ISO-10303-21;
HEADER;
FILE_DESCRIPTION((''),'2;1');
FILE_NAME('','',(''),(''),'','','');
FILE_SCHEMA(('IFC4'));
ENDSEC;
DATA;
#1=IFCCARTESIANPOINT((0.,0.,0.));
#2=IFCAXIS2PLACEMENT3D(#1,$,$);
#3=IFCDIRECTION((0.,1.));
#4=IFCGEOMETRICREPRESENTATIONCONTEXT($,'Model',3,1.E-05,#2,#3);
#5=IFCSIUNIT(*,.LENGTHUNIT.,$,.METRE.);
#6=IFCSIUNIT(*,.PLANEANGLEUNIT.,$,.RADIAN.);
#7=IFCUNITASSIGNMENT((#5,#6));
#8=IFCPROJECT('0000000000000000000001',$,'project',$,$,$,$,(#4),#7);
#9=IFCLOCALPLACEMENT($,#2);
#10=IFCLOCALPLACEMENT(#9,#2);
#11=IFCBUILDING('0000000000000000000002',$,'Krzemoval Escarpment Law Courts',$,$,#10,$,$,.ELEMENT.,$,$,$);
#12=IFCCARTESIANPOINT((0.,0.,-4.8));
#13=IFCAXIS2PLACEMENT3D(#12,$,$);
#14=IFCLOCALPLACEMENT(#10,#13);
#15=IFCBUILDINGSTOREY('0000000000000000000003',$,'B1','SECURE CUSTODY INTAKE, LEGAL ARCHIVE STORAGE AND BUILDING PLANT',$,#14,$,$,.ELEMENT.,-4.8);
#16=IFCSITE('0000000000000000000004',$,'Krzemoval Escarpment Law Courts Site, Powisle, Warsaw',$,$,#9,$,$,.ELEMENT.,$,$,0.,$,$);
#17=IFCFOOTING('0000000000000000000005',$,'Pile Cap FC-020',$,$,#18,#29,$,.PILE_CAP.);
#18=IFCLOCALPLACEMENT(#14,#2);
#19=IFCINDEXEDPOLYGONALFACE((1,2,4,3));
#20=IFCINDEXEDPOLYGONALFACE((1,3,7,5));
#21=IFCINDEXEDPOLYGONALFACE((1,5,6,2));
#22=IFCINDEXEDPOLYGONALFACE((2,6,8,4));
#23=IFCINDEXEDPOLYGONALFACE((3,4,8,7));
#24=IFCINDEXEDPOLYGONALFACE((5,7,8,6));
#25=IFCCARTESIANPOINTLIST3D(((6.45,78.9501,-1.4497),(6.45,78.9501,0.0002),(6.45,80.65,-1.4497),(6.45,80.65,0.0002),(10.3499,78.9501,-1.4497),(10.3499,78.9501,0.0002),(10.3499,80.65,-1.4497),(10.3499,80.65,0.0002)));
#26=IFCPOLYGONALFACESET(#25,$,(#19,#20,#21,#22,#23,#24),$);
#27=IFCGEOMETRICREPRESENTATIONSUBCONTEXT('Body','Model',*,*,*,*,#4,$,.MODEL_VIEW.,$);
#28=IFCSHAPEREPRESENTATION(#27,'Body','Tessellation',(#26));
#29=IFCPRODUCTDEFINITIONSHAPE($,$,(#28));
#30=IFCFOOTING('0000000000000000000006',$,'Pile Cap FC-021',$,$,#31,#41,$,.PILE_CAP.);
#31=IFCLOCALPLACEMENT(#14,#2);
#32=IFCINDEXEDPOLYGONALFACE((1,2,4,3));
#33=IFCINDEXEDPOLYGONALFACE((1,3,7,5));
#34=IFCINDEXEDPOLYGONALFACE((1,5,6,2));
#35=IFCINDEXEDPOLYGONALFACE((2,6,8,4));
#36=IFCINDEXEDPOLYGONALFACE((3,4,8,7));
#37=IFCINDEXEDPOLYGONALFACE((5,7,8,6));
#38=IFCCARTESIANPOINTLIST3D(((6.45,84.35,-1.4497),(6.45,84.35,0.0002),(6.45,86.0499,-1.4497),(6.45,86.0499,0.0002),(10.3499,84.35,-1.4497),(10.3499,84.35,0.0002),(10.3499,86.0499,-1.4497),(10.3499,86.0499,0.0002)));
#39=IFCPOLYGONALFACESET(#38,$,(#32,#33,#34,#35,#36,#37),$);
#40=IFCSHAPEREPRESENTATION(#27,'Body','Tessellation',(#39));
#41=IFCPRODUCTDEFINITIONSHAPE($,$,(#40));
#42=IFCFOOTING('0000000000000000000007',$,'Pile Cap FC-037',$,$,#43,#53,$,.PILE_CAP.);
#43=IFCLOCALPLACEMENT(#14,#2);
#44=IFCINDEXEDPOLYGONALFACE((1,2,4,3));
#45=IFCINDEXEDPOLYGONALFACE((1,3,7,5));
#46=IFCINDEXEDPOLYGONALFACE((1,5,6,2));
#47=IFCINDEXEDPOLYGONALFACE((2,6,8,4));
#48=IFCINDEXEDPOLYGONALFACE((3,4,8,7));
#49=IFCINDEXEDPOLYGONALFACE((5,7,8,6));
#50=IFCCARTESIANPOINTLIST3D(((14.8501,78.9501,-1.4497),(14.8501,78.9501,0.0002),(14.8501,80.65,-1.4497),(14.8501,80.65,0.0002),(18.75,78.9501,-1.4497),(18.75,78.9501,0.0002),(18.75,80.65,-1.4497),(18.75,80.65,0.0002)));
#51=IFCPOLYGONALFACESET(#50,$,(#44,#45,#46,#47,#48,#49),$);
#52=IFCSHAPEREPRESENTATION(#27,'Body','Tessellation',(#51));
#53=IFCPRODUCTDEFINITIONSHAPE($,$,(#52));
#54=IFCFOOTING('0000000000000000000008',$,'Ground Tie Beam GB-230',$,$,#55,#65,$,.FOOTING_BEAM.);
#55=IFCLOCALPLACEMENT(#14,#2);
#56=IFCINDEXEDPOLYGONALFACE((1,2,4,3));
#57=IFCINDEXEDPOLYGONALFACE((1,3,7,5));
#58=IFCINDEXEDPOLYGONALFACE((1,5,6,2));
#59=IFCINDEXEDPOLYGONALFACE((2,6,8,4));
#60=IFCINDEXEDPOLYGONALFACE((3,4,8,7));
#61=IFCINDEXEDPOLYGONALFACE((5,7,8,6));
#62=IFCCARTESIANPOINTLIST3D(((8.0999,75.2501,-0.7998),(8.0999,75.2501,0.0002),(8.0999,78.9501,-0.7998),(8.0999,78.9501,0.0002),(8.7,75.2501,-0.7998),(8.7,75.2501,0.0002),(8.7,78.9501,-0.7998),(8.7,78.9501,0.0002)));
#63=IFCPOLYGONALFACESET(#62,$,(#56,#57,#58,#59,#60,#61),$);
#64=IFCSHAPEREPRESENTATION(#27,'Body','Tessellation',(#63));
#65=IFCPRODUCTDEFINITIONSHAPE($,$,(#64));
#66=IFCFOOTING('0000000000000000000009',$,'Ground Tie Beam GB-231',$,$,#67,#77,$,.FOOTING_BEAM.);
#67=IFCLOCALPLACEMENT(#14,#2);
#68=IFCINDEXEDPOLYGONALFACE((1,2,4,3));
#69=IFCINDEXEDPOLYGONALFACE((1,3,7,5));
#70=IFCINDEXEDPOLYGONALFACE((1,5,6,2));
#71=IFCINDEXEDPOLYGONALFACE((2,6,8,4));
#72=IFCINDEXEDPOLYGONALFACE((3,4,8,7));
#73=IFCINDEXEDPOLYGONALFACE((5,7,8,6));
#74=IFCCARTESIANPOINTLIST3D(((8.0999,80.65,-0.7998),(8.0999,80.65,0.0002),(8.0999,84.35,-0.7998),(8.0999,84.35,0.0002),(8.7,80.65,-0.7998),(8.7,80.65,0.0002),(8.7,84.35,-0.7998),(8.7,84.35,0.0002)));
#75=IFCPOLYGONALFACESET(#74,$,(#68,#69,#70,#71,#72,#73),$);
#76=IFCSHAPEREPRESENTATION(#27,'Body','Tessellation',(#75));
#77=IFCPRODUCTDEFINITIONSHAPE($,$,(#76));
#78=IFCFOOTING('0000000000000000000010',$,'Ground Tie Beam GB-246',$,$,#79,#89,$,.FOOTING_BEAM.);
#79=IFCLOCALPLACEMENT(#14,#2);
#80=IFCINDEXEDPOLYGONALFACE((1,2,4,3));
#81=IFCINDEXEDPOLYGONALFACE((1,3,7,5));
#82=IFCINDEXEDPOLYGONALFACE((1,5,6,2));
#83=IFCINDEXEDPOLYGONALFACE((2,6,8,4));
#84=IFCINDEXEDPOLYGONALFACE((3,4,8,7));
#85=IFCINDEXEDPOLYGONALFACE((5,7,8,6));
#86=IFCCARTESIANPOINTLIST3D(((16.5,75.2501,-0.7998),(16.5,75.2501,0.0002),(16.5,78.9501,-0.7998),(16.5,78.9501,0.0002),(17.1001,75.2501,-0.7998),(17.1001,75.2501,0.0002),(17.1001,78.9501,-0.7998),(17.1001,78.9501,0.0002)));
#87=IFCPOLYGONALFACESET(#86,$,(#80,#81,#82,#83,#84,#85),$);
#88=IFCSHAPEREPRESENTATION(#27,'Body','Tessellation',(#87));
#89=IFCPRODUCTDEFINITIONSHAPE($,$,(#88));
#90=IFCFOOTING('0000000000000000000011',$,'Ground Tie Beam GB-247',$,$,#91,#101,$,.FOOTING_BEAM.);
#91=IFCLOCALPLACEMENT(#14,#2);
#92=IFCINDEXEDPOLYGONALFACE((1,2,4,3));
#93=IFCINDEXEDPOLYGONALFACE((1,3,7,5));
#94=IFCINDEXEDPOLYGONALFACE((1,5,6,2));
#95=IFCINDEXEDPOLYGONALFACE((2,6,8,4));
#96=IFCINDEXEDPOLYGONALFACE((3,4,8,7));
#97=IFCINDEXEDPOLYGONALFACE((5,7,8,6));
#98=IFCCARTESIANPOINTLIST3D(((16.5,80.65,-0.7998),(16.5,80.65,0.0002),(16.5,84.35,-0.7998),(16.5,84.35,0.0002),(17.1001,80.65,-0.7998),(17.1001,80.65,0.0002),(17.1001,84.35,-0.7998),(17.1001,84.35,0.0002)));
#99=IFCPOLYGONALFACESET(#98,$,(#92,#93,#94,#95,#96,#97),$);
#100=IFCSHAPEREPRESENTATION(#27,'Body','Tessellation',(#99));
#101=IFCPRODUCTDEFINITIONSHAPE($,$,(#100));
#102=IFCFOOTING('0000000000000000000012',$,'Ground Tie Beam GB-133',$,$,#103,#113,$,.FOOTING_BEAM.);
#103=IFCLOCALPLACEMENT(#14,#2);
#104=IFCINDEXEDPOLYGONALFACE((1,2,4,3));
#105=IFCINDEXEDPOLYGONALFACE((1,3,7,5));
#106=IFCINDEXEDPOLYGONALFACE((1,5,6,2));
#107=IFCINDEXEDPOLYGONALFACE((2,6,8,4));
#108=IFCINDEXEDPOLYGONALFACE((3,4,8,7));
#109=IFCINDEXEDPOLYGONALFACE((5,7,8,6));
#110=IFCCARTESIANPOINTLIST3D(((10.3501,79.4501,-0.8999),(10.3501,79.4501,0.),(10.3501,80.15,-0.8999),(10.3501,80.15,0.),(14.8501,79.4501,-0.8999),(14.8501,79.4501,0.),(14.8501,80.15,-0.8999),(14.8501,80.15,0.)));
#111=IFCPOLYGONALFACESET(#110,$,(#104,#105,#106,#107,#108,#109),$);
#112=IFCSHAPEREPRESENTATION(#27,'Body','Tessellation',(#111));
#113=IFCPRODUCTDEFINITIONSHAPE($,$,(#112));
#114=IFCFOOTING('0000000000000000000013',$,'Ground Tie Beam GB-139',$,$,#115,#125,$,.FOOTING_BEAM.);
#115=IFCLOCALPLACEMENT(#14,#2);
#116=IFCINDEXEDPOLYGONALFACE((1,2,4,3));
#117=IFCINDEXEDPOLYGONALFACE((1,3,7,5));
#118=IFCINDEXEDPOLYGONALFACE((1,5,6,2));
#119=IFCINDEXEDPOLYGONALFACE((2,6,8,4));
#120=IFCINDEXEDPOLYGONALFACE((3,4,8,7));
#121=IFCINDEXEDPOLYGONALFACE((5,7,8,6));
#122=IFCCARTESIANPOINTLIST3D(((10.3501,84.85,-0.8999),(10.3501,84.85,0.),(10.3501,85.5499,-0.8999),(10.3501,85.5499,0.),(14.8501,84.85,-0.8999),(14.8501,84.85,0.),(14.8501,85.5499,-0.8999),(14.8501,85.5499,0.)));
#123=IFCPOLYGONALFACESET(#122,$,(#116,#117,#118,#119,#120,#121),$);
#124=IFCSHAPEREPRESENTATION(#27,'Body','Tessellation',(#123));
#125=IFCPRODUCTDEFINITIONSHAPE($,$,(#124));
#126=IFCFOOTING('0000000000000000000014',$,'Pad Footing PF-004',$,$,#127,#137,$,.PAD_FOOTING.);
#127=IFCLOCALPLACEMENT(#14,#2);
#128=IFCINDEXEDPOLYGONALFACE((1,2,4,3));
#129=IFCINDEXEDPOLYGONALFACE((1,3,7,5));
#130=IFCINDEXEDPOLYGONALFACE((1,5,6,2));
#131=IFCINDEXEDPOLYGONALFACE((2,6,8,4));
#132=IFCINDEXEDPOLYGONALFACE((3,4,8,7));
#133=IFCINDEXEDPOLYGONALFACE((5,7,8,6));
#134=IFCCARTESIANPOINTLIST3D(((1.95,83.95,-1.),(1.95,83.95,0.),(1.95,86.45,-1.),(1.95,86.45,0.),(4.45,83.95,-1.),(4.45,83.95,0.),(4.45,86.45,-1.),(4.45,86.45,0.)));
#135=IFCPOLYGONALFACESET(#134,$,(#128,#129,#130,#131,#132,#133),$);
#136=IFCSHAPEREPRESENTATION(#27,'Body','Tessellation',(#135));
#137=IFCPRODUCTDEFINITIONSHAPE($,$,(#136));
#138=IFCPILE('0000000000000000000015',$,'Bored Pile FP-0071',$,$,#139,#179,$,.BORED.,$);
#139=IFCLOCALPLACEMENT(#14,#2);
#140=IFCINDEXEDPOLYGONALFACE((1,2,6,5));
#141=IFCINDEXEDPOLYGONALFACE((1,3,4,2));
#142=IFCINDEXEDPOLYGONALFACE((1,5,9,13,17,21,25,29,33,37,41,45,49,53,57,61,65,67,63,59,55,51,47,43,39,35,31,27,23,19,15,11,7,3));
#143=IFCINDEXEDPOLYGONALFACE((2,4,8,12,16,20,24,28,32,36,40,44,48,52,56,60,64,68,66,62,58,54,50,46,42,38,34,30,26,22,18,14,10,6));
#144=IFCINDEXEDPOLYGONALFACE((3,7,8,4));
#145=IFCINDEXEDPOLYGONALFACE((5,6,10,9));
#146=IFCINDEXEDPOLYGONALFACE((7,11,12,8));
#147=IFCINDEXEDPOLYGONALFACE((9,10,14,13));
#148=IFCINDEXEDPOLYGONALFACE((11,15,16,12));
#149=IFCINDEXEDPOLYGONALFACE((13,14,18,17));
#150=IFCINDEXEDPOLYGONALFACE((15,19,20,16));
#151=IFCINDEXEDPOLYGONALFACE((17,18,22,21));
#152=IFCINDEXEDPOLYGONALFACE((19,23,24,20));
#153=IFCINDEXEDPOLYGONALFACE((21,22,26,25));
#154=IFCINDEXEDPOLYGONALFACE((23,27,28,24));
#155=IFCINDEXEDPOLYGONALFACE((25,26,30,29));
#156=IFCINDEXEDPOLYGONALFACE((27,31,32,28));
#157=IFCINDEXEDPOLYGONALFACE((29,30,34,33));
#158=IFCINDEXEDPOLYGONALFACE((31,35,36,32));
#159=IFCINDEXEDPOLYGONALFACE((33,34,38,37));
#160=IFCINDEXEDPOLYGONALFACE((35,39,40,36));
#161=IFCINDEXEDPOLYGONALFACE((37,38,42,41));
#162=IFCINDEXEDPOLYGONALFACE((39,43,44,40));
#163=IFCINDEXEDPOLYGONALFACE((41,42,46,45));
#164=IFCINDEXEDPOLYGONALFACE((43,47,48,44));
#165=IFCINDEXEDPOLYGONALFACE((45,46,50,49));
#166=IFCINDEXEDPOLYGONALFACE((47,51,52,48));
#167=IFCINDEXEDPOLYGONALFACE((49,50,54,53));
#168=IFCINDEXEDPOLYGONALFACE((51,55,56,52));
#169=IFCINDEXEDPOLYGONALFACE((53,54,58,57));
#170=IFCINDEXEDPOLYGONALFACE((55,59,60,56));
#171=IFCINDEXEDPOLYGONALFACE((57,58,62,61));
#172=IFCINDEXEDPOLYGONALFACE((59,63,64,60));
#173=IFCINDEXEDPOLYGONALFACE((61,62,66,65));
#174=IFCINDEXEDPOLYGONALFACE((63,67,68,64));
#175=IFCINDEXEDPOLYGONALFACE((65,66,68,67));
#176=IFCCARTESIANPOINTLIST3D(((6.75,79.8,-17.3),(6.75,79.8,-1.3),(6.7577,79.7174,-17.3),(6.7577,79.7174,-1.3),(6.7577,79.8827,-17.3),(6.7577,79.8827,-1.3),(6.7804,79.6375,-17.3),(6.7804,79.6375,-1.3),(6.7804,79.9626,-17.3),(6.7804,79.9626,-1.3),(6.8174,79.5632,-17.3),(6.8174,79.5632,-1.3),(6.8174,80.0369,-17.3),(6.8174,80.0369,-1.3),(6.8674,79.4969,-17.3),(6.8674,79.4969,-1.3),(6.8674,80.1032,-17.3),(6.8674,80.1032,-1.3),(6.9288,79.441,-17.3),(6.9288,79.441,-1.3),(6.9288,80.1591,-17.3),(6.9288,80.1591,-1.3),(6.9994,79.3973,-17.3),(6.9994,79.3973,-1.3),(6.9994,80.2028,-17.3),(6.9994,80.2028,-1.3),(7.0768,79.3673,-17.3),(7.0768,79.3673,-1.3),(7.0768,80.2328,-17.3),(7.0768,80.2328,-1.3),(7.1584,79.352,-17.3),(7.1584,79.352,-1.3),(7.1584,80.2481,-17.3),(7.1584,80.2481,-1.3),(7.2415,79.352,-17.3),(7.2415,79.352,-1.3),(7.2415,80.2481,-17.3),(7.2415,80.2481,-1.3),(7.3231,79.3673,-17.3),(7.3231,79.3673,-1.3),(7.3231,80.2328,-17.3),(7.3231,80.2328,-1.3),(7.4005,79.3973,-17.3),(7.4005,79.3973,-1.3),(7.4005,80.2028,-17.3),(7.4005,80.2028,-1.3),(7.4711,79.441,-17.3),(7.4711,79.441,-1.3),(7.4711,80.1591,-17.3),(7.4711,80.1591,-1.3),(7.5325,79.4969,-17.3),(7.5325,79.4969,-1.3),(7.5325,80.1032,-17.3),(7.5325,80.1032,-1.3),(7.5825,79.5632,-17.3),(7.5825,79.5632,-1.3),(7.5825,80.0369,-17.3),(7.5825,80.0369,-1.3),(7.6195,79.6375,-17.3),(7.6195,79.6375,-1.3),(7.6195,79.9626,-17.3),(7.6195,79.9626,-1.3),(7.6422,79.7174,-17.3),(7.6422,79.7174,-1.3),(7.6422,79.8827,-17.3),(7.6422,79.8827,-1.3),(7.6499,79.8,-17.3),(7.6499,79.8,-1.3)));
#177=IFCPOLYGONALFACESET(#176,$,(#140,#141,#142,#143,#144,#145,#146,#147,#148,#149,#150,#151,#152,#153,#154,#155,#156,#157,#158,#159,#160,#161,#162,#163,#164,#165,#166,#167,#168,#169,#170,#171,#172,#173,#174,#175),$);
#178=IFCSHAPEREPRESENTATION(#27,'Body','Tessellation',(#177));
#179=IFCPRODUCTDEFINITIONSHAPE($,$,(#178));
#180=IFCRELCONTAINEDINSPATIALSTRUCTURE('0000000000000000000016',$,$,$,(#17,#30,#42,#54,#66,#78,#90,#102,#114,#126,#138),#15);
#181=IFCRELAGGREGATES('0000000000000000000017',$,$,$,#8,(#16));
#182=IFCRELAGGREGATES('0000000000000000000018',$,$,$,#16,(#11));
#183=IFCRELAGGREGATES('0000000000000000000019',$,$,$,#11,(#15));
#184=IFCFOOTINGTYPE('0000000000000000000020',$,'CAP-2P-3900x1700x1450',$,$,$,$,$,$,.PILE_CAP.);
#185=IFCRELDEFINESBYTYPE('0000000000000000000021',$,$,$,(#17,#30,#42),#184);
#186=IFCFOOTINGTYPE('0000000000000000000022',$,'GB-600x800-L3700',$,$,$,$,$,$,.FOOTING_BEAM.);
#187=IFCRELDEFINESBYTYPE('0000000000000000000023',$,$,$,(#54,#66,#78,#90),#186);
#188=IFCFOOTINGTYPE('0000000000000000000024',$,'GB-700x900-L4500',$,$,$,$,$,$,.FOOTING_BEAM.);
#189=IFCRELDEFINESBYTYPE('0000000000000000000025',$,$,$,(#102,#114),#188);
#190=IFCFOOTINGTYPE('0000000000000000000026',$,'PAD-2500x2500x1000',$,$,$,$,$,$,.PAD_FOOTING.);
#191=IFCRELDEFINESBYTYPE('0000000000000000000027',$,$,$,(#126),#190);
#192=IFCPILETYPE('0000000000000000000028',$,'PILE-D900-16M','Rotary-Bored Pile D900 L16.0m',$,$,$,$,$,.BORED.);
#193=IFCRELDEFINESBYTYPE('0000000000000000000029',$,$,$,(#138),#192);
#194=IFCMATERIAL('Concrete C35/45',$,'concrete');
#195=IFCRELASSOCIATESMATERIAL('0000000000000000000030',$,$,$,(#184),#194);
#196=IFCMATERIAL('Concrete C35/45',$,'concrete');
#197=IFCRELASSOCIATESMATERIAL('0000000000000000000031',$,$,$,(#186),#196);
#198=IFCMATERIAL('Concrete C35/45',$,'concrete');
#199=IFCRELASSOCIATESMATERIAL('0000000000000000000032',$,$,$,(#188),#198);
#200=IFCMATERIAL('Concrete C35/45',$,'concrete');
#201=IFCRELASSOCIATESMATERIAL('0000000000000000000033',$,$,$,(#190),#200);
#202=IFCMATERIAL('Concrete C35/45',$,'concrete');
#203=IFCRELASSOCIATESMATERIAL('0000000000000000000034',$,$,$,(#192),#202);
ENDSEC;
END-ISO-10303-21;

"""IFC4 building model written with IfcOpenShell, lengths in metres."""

from ifc_helpers import new_model, si_unit, direction, frame, origin, origin_2d, place, context, subcontext, project, spatial, rectangle, circle, extrude, material, material_profile, profile_set, type_object, element, save


model = new_model("IFC4")

# Units and contexts
model_context = context("Model", 3, precision=1e-05, world=origin(), true_north=direction((0.0, 1.0)))
body_context = subcontext(model_context, "Body", "Model", "MODEL_VIEW")
ifc_project = project(units=[si_unit("LENGTHUNIT", "METRE"), si_unit("PLANEANGLEUNIT", "RADIAN")], contexts=[model_context])

# Site, building, storey
site_placement = place(None, origin())
site = spatial("IfcSite", under=ifc_project, at=site_placement, Name="Krzemoval Escarpment Law Courts Site, Powisle, Warsaw", CompositionType="ELEMENT", RefElevation=0.0)
building_placement = place(site_placement, origin())
building = spatial("IfcBuilding", under=site, at=building_placement, Name="Krzemoval Escarpment Law Courts", CompositionType="ELEMENT")
storey_placement = place(building_placement, frame((0.0, 0.0, -4.8)))
storey = spatial("IfcBuildingStorey", under=building, at=storey_placement, Name="B1", Description="SECURE CUSTODY INTAKE, LEGAL ARCHIVE STORAGE AND BUILDING PLANT", CompositionType="ELEMENT", Elevation=-4.8)

# Footings
ifc_material_1 = material(Name="Concrete C35/45", Category="concrete")
footing_type_1 = type_object("IfcFootingType", Name="CAP-2P-3900x1700x1450", PredefinedType="PILE_CAP", material=ifc_material_1)
for number, where, z_axis, x_axis, name in (
    (1, (8.3999, 79.8, -1.4497), (0.0, 0.0, 1.0), (1.0, 0.0, 0.0), "Pile Cap FC-020"),
    (2, (8.3999, 85.2, -1.4497), (0.0, 0.0, 1.0), (1.0, 0.0, 0.0), "Pile Cap FC-021"),
    (3, (16.8, 79.8, -1.4497), (0.0, 0.0, 1.0), (1.0, 0.0, 0.0), "Pile Cap FC-037"),
):
    element("IfcFooting", number, at=place(storey_placement, frame(where, z_axis=z_axis, x_axis=x_axis)), inside=storey, type_object=footing_type_1, Name=name, PredefinedType="PILE_CAP", context=body_context, shape_type="SweptSolid", body=[
        extrude(rectangle(XDim=3.8999, YDim=1.7, at=origin_2d()), origin(), (0.0, 0.0, 1.0), 1.45),
    ])
ifc_material_2 = material(Name="Concrete C35/45", Category="concrete")
footing_type_2 = type_object("IfcFootingType", Name="GB-600x800-L3700", PredefinedType="FOOTING_BEAM", material=ifc_material_2)
for number, where, z_axis, x_axis, name in (
    (4, (8.3999, 77.1001, -0.7998), (0.0, 0.0, 1.0), (0.0, 1.0, 0.0), "Ground Tie Beam GB-230"),
    (5, (8.3999, 82.5, -0.7998), (0.0, 0.0, 1.0), (0.0, 1.0, 0.0), "Ground Tie Beam GB-231"),
    (6, (16.8, 77.1001, -0.7998), (0.0, 0.0, 1.0), (0.0, 1.0, 0.0), "Ground Tie Beam GB-246"),
    (7, (16.8, 82.5, -0.7998), (0.0, 0.0, 1.0), (0.0, 1.0, 0.0), "Ground Tie Beam GB-247"),
):
    element("IfcFooting", number, at=place(storey_placement, frame(where, z_axis=z_axis, x_axis=x_axis)), inside=storey, type_object=footing_type_2, Name=name, PredefinedType="FOOTING_BEAM", context=body_context, shape_type="SweptSolid", body=[
        extrude(rectangle(XDim=3.7, YDim=0.6001, at=origin_2d()), origin(), (0.0, 0.0, 1.0), 0.8),
    ])
ifc_material_3 = material(Name="Concrete C35/45", Category="concrete")
footing_type_3 = type_object("IfcFootingType", Name="GB-700x900-L4500", PredefinedType="FOOTING_BEAM", material=ifc_material_3)
for number, where, z_axis, x_axis, name in (
    (8, (12.6001, 79.8, -0.8999), (0.0, 0.0, 1.0), (1.0, 0.0, 0.0), "Ground Tie Beam GB-133"),
    (9, (12.6001, 85.2, -0.8999), (0.0, 0.0, 1.0), (1.0, 0.0, 0.0), "Ground Tie Beam GB-139"),
):
    element("IfcFooting", number, at=place(storey_placement, frame(where, z_axis=z_axis, x_axis=x_axis)), inside=storey, type_object=footing_type_3, Name=name, PredefinedType="FOOTING_BEAM", context=body_context, shape_type="SweptSolid", body=[
        extrude(rectangle(XDim=4.5, YDim=0.7, at=origin_2d()), origin(), (0.0, 0.0, 1.0), 0.8999),
    ])
ifc_material_4 = material(Name="Concrete C35/45", Category="concrete")
footing_type_4 = type_object("IfcFootingType", Name="PAD-2500x2500x1000", PredefinedType="PAD_FOOTING", material=ifc_material_4)
footing_placement = place(storey_placement, frame((3.2, 85.2, -1.0), z_axis=(0.0, 0.0, 1.0), x_axis=(1.0, 0.0, 0.0)))
element("IfcFooting", 10, at=footing_placement, inside=storey, type_object=footing_type_4, Name="Pad Footing PF-004", PredefinedType="PAD_FOOTING", context=body_context, shape_type="SweptSolid", body=[
    extrude(rectangle(XDim=2.5, YDim=2.5, at=origin_2d()), origin(), (0.0, 0.0, 1.0), 1.0),
])

# Pile
ifc_material_5 = material(Name="Concrete C35/45", Category="concrete")
ifc_material_profile_1 = material_profile(ifc_material_5, circle(Radius=0.45, at=origin_2d()), Name="PILE D900")
ifc_profile_set_1 = profile_set([ifc_material_profile_1], Name="Concrete C35/45")
pile_type = type_object("IfcPileType", Name="PILE-D900-16M", Description="Rotary-Bored Pile D900 L16.0m", PredefinedType="BORED", material=ifc_profile_set_1)
for number, where, z_axis, x_axis, name in (
    (11, (7.2, 79.8, -1.3), (0.0, 0.0, -1.0), (1.0, 0.0, 0.0), "Bored Pile FP-0071"),
):
    element("IfcPile", number, at=place(storey_placement, frame(where, z_axis=z_axis, x_axis=x_axis)), inside=storey, type_object=pile_type, Name=name, PredefinedType="BORED", context=body_context, shape_type="SweptSolid", body=[
        extrude(circle(Radius=0.45, at=origin_2d()), origin(), (0.0, 0.0, 1.0), 16.0),
    ])

save(model, "model.ifc")
